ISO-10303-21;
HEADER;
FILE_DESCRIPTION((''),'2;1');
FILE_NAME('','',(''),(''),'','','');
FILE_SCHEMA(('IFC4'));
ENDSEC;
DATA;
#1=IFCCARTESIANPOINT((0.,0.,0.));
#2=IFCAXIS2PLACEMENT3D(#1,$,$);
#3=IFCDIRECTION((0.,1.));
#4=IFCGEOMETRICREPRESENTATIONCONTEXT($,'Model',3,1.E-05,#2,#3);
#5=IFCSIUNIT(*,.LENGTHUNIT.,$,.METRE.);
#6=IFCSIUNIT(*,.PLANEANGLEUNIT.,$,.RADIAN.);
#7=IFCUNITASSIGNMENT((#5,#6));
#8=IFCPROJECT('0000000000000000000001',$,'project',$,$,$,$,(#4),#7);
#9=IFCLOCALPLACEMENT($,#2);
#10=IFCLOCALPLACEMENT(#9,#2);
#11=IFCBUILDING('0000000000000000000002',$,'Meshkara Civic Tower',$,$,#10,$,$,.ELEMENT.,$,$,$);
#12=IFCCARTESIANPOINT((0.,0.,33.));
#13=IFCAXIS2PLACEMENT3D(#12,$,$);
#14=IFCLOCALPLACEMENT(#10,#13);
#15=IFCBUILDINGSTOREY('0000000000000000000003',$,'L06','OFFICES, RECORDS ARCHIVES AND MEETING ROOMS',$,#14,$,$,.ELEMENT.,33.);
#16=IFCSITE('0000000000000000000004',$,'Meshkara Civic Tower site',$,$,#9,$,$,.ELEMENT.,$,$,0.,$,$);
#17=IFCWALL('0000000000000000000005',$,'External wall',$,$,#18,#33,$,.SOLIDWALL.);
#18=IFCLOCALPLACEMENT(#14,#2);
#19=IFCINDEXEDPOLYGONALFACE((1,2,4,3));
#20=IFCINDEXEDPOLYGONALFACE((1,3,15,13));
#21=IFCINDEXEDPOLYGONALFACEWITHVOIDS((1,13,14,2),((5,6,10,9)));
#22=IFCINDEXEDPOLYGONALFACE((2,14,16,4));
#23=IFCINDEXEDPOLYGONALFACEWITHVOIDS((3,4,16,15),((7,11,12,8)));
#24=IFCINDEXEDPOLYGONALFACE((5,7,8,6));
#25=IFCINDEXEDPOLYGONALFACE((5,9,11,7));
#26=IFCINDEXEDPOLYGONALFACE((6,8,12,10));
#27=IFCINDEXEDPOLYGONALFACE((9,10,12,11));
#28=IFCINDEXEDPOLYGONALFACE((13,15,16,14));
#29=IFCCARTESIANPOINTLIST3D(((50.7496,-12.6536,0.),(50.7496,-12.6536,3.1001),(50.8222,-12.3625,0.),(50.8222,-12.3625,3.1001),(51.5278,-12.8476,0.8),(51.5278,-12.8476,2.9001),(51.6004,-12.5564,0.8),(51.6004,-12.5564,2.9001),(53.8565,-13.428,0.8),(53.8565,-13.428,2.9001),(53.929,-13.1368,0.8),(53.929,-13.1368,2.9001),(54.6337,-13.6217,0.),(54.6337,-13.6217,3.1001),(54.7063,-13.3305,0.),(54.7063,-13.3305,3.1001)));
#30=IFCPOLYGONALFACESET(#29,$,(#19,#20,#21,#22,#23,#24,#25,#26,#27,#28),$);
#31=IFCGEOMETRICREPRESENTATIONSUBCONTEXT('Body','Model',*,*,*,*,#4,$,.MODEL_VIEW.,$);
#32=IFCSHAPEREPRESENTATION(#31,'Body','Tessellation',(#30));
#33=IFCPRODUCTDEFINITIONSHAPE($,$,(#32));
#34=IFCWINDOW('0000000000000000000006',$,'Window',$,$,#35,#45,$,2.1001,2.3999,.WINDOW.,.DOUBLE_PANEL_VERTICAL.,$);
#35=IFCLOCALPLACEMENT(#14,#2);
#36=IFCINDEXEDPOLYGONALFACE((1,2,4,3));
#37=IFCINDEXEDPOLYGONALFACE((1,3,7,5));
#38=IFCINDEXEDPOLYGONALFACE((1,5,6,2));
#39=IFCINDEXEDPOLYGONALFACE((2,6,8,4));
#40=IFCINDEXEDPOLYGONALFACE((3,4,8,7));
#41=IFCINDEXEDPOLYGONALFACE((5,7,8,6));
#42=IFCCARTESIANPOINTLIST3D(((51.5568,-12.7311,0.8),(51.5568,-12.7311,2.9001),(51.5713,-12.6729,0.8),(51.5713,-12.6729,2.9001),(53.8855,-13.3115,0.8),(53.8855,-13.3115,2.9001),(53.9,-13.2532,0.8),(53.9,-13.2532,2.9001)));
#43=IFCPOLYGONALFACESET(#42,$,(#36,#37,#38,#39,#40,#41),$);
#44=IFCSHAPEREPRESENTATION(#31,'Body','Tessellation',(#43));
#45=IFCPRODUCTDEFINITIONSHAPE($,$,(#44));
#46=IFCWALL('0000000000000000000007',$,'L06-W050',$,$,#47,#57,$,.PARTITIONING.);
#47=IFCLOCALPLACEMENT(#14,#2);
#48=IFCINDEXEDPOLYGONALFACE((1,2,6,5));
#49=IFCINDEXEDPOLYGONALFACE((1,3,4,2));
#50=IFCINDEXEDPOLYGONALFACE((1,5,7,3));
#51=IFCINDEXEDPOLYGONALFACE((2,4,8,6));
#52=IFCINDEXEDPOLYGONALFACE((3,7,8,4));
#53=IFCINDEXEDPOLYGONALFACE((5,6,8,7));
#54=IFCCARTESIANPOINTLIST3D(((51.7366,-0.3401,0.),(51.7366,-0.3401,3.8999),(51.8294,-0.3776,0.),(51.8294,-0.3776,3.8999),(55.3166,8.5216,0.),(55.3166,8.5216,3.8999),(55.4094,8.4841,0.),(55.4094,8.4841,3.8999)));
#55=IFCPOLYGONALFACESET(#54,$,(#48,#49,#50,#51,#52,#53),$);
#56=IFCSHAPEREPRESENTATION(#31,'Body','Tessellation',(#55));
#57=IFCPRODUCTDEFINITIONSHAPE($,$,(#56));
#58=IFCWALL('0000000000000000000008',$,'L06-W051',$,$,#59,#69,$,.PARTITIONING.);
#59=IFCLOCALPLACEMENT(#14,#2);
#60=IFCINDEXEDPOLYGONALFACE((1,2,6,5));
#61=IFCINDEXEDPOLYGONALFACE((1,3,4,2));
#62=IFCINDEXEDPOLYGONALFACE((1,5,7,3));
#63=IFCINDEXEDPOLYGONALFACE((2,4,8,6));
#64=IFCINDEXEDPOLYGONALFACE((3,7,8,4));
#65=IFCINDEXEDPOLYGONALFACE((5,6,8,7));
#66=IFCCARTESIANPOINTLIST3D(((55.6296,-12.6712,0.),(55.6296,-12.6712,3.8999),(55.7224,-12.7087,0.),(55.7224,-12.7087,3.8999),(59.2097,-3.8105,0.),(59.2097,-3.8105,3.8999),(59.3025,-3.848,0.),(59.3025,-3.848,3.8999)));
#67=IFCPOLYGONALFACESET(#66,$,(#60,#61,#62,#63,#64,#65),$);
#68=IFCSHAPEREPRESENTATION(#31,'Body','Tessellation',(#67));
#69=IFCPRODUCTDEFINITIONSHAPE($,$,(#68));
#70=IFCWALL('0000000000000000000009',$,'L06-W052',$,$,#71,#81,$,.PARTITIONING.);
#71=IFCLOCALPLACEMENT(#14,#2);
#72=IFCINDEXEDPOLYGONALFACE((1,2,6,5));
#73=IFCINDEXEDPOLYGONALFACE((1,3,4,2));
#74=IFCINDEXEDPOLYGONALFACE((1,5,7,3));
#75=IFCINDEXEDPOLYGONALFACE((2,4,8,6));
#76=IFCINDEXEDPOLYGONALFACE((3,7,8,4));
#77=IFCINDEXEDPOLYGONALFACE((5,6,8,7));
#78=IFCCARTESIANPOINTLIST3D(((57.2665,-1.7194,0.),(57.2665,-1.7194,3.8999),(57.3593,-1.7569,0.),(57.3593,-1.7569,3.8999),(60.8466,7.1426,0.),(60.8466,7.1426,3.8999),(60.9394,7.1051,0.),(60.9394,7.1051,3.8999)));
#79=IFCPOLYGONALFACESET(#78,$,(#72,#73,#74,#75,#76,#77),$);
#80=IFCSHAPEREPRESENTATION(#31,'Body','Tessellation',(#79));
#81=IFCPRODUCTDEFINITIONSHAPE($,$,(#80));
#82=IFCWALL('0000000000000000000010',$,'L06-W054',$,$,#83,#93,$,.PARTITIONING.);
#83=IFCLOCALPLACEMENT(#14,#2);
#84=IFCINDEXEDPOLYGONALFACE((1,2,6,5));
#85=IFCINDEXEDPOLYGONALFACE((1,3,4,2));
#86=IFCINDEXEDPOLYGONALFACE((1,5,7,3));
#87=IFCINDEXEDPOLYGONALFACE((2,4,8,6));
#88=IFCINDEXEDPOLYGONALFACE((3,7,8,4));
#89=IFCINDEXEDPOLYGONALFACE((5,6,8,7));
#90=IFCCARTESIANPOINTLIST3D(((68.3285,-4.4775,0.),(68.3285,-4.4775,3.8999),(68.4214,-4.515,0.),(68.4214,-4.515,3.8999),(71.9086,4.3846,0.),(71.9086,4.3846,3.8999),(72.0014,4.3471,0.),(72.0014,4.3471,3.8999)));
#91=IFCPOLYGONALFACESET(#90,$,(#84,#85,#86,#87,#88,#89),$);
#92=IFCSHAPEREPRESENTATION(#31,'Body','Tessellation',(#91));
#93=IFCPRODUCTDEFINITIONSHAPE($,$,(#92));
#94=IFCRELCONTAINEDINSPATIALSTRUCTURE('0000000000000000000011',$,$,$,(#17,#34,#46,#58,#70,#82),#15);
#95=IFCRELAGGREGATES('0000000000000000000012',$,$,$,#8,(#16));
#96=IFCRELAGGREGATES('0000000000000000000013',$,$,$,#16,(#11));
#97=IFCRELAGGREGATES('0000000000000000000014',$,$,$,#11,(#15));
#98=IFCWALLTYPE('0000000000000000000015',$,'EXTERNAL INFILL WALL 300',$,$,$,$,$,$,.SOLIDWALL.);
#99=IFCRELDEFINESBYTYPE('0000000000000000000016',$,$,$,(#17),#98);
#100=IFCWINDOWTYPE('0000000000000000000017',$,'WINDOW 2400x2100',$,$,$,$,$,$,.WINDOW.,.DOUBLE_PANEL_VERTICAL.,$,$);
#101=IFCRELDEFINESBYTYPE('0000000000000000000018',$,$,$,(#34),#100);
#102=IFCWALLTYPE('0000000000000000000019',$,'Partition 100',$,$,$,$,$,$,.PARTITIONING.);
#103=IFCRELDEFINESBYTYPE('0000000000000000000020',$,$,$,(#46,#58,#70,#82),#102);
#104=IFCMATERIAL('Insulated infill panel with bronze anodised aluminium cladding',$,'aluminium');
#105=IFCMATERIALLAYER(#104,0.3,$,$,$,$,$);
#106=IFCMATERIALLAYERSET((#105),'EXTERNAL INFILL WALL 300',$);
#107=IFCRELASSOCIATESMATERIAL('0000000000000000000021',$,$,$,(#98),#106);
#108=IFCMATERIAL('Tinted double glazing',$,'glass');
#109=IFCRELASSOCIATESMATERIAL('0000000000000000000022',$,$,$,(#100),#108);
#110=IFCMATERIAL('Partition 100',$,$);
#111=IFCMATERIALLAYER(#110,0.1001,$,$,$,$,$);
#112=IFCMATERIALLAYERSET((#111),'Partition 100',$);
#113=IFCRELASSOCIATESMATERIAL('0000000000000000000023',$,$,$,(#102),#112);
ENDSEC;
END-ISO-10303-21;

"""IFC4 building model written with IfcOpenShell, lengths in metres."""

from ifc_helpers import new_model, si_unit, direction, frame, frame_2d, origin, place, context, subcontext, project, spatial, rectangle, extrude, material, layer, layer_set, type_object, element, fill, save


model = new_model("IFC4")

# Units and contexts
model_context = context("Model", 3, precision=1e-05, world=origin(), true_north=direction((0.0, 1.0)))
body_context = subcontext(model_context, "Body", "Model", "MODEL_VIEW")
ifc_project = project(units=[si_unit("LENGTHUNIT", "METRE"), si_unit("PLANEANGLEUNIT", "RADIAN")], contexts=[model_context])

# Site, building, storey
site_placement = place(None, origin())
site = spatial("IfcSite", under=ifc_project, at=site_placement, Name="Meshkara Civic Tower site", CompositionType="ELEMENT", RefElevation=0.0)
building_placement = place(site_placement, origin())
building = spatial("IfcBuilding", under=site, at=building_placement, Name="Meshkara Civic Tower", CompositionType="ELEMENT")
storey_placement = place(building_placement, frame((0.0, 0.0, 33.0)))
storey = spatial("IfcBuildingStorey", under=building, at=storey_placement, Name="L06", Description="OFFICES, RECORDS ARCHIVES AND MEETING ROOMS", CompositionType="ELEMENT", Elevation=33.0)

# Wall, opening, window
ifc_material_1 = material(Name="Insulated infill panel with bronze anodised aluminium cladding", Category="aluminium")
ifc_layer_1 = layer(ifc_material_1, 0.3)
ifc_layer_set_1 = layer_set([ifc_layer_1], Name="EXTERNAL INFILL WALL 300")
wall_type_1 = type_object("IfcWallType", Name="EXTERNAL INFILL WALL 300", PredefinedType="SOLIDWALL", material=ifc_layer_set_1)
ifc_material_2 = material(Name="Tinted double glazing", Category="glass")
window_type = type_object("IfcWindowType", Name="WINDOW 2400x2100", PartitioningType="DOUBLE_PANEL_VERTICAL", PredefinedType="WINDOW", material=ifc_material_2)
wall_1_placement = place(storey_placement, frame((50.7859, -12.5081, 0.0), z_axis=(0.0, 0.0, 1.0), x_axis=(0.970318, -0.241832, 0.0)))
wall_1 = element("IfcWall", 1, at=wall_1_placement, inside=storey, type_object=wall_type_1, Name="External wall", PredefinedType="SOLIDWALL", context=body_context, shape_type="SweptSolid", body=[
    extrude(rectangle(XDim=4.0029, YDim=0.3, at=frame_2d((2.0015, 0.0))), origin(), (0.0, 0.0, 1.0), 3.1001),
])
opening_1_placement = place(wall_1_placement, frame((0.802, 0.0, 0.8)))
opening_1 = element("IfcOpeningElement", 2, at=opening_1_placement, cuts=wall_1, PredefinedType="OPENING", context=body_context, shape_type="SweptSolid", body=[
    extrude(rectangle(XDim=2.3999, YDim=2.1001, at=frame_2d((1.2, 1.05))), frame((0.0, 0.1599, 0.0), z_axis=(0.0, -1.0, 0.0), x_axis=(1.0, 0.0, 0.0)), (0.0, 0.0, 1.0), 0.3201),
])
window_1_placement = place(opening_1_placement, origin())
window_1 = element("IfcWindow", 3, at=window_1_placement, inside=storey, type_object=window_type, Name="Window", OverallHeight=2.1001, OverallWidth=2.3999, PartitioningType="DOUBLE_PANEL_VERTICAL", PredefinedType="WINDOW", context=body_context, shape_type="SweptSolid", body=[
    extrude(rectangle(XDim=2.3999, YDim=2.1001, at=frame_2d((1.2, 1.05))), frame((0.0, 0.03, 0.0), z_axis=(0.0, -1.0, 0.0), x_axis=(1.0, 0.0, 0.0)), (0.0, 0.0, 1.0), 0.0601),
])
fill(opening_1, window_1)

# Walls
ifc_material_3 = material(Name="Partition 100")
ifc_layer_2 = layer(ifc_material_3, 0.1001)
ifc_layer_set_2 = layer_set([ifc_layer_2], Name="Partition 100")
wall_type_2 = type_object("IfcWallType", Name="Partition 100", PredefinedType="PARTITIONING", material=ifc_layer_set_2)
wall_2_placement = place(storey_placement, frame((51.783, -0.3589, 0.0), z_axis=(0.0, 0.0, 1.0), x_axis=(0.374577, 0.927196, 0.0)))
element("IfcWall", 4, at=wall_2_placement, inside=storey, type_object=wall_type_2, Name="L06-W050", PredefinedType="PARTITIONING", context=body_context, shape_type="SweptSolid", body=[
    extrude(rectangle(XDim=9.5576, YDim=0.1001, at=frame_2d((4.7788, 0.0))), origin(), (0.0, 0.0, 1.0), 3.8999),
])
wall_3_placement = place(storey_placement, frame((55.676, -12.6899, 0.0), z_axis=(0.0, 0.0, 1.0), x_axis=(0.374613, 0.927181, 0.0)))
element("IfcWall", 5, at=wall_3_placement, inside=storey, type_object=wall_type_2, Name="L06-W051", PredefinedType="PARTITIONING", context=body_context, shape_type="SweptSolid", body=[
    extrude(rectangle(XDim=9.5566, YDim=0.1001, at=frame_2d((4.7783, 0.0))), origin(), (0.0, 0.0, 1.0), 3.8999),
])
for number, where, z_axis, x_axis, name in (
    (6, (57.313, -1.738, 0.0), (0.0, 0.0, 1.0), (0.374568, 0.927199, 0.0), "L06-W052"),
    (7, (68.375, -4.4961, 0.0), (0.0, 0.0, 1.0), (0.374568, 0.927199, 0.0), "L06-W054"),
):
    element("IfcWall", number, at=place(storey_placement, frame(where, z_axis=z_axis, x_axis=x_axis)), inside=storey, type_object=wall_type_2, Name=name, PredefinedType="PARTITIONING", context=body_context, shape_type="SweptSolid", body=[
        extrude(rectangle(XDim=9.5579, YDim=0.1001, at=frame_2d((4.7788, 0.0))), origin(), (0.0, 0.0, 1.0), 3.8999),
    ])

save(model, "model.ifc")
